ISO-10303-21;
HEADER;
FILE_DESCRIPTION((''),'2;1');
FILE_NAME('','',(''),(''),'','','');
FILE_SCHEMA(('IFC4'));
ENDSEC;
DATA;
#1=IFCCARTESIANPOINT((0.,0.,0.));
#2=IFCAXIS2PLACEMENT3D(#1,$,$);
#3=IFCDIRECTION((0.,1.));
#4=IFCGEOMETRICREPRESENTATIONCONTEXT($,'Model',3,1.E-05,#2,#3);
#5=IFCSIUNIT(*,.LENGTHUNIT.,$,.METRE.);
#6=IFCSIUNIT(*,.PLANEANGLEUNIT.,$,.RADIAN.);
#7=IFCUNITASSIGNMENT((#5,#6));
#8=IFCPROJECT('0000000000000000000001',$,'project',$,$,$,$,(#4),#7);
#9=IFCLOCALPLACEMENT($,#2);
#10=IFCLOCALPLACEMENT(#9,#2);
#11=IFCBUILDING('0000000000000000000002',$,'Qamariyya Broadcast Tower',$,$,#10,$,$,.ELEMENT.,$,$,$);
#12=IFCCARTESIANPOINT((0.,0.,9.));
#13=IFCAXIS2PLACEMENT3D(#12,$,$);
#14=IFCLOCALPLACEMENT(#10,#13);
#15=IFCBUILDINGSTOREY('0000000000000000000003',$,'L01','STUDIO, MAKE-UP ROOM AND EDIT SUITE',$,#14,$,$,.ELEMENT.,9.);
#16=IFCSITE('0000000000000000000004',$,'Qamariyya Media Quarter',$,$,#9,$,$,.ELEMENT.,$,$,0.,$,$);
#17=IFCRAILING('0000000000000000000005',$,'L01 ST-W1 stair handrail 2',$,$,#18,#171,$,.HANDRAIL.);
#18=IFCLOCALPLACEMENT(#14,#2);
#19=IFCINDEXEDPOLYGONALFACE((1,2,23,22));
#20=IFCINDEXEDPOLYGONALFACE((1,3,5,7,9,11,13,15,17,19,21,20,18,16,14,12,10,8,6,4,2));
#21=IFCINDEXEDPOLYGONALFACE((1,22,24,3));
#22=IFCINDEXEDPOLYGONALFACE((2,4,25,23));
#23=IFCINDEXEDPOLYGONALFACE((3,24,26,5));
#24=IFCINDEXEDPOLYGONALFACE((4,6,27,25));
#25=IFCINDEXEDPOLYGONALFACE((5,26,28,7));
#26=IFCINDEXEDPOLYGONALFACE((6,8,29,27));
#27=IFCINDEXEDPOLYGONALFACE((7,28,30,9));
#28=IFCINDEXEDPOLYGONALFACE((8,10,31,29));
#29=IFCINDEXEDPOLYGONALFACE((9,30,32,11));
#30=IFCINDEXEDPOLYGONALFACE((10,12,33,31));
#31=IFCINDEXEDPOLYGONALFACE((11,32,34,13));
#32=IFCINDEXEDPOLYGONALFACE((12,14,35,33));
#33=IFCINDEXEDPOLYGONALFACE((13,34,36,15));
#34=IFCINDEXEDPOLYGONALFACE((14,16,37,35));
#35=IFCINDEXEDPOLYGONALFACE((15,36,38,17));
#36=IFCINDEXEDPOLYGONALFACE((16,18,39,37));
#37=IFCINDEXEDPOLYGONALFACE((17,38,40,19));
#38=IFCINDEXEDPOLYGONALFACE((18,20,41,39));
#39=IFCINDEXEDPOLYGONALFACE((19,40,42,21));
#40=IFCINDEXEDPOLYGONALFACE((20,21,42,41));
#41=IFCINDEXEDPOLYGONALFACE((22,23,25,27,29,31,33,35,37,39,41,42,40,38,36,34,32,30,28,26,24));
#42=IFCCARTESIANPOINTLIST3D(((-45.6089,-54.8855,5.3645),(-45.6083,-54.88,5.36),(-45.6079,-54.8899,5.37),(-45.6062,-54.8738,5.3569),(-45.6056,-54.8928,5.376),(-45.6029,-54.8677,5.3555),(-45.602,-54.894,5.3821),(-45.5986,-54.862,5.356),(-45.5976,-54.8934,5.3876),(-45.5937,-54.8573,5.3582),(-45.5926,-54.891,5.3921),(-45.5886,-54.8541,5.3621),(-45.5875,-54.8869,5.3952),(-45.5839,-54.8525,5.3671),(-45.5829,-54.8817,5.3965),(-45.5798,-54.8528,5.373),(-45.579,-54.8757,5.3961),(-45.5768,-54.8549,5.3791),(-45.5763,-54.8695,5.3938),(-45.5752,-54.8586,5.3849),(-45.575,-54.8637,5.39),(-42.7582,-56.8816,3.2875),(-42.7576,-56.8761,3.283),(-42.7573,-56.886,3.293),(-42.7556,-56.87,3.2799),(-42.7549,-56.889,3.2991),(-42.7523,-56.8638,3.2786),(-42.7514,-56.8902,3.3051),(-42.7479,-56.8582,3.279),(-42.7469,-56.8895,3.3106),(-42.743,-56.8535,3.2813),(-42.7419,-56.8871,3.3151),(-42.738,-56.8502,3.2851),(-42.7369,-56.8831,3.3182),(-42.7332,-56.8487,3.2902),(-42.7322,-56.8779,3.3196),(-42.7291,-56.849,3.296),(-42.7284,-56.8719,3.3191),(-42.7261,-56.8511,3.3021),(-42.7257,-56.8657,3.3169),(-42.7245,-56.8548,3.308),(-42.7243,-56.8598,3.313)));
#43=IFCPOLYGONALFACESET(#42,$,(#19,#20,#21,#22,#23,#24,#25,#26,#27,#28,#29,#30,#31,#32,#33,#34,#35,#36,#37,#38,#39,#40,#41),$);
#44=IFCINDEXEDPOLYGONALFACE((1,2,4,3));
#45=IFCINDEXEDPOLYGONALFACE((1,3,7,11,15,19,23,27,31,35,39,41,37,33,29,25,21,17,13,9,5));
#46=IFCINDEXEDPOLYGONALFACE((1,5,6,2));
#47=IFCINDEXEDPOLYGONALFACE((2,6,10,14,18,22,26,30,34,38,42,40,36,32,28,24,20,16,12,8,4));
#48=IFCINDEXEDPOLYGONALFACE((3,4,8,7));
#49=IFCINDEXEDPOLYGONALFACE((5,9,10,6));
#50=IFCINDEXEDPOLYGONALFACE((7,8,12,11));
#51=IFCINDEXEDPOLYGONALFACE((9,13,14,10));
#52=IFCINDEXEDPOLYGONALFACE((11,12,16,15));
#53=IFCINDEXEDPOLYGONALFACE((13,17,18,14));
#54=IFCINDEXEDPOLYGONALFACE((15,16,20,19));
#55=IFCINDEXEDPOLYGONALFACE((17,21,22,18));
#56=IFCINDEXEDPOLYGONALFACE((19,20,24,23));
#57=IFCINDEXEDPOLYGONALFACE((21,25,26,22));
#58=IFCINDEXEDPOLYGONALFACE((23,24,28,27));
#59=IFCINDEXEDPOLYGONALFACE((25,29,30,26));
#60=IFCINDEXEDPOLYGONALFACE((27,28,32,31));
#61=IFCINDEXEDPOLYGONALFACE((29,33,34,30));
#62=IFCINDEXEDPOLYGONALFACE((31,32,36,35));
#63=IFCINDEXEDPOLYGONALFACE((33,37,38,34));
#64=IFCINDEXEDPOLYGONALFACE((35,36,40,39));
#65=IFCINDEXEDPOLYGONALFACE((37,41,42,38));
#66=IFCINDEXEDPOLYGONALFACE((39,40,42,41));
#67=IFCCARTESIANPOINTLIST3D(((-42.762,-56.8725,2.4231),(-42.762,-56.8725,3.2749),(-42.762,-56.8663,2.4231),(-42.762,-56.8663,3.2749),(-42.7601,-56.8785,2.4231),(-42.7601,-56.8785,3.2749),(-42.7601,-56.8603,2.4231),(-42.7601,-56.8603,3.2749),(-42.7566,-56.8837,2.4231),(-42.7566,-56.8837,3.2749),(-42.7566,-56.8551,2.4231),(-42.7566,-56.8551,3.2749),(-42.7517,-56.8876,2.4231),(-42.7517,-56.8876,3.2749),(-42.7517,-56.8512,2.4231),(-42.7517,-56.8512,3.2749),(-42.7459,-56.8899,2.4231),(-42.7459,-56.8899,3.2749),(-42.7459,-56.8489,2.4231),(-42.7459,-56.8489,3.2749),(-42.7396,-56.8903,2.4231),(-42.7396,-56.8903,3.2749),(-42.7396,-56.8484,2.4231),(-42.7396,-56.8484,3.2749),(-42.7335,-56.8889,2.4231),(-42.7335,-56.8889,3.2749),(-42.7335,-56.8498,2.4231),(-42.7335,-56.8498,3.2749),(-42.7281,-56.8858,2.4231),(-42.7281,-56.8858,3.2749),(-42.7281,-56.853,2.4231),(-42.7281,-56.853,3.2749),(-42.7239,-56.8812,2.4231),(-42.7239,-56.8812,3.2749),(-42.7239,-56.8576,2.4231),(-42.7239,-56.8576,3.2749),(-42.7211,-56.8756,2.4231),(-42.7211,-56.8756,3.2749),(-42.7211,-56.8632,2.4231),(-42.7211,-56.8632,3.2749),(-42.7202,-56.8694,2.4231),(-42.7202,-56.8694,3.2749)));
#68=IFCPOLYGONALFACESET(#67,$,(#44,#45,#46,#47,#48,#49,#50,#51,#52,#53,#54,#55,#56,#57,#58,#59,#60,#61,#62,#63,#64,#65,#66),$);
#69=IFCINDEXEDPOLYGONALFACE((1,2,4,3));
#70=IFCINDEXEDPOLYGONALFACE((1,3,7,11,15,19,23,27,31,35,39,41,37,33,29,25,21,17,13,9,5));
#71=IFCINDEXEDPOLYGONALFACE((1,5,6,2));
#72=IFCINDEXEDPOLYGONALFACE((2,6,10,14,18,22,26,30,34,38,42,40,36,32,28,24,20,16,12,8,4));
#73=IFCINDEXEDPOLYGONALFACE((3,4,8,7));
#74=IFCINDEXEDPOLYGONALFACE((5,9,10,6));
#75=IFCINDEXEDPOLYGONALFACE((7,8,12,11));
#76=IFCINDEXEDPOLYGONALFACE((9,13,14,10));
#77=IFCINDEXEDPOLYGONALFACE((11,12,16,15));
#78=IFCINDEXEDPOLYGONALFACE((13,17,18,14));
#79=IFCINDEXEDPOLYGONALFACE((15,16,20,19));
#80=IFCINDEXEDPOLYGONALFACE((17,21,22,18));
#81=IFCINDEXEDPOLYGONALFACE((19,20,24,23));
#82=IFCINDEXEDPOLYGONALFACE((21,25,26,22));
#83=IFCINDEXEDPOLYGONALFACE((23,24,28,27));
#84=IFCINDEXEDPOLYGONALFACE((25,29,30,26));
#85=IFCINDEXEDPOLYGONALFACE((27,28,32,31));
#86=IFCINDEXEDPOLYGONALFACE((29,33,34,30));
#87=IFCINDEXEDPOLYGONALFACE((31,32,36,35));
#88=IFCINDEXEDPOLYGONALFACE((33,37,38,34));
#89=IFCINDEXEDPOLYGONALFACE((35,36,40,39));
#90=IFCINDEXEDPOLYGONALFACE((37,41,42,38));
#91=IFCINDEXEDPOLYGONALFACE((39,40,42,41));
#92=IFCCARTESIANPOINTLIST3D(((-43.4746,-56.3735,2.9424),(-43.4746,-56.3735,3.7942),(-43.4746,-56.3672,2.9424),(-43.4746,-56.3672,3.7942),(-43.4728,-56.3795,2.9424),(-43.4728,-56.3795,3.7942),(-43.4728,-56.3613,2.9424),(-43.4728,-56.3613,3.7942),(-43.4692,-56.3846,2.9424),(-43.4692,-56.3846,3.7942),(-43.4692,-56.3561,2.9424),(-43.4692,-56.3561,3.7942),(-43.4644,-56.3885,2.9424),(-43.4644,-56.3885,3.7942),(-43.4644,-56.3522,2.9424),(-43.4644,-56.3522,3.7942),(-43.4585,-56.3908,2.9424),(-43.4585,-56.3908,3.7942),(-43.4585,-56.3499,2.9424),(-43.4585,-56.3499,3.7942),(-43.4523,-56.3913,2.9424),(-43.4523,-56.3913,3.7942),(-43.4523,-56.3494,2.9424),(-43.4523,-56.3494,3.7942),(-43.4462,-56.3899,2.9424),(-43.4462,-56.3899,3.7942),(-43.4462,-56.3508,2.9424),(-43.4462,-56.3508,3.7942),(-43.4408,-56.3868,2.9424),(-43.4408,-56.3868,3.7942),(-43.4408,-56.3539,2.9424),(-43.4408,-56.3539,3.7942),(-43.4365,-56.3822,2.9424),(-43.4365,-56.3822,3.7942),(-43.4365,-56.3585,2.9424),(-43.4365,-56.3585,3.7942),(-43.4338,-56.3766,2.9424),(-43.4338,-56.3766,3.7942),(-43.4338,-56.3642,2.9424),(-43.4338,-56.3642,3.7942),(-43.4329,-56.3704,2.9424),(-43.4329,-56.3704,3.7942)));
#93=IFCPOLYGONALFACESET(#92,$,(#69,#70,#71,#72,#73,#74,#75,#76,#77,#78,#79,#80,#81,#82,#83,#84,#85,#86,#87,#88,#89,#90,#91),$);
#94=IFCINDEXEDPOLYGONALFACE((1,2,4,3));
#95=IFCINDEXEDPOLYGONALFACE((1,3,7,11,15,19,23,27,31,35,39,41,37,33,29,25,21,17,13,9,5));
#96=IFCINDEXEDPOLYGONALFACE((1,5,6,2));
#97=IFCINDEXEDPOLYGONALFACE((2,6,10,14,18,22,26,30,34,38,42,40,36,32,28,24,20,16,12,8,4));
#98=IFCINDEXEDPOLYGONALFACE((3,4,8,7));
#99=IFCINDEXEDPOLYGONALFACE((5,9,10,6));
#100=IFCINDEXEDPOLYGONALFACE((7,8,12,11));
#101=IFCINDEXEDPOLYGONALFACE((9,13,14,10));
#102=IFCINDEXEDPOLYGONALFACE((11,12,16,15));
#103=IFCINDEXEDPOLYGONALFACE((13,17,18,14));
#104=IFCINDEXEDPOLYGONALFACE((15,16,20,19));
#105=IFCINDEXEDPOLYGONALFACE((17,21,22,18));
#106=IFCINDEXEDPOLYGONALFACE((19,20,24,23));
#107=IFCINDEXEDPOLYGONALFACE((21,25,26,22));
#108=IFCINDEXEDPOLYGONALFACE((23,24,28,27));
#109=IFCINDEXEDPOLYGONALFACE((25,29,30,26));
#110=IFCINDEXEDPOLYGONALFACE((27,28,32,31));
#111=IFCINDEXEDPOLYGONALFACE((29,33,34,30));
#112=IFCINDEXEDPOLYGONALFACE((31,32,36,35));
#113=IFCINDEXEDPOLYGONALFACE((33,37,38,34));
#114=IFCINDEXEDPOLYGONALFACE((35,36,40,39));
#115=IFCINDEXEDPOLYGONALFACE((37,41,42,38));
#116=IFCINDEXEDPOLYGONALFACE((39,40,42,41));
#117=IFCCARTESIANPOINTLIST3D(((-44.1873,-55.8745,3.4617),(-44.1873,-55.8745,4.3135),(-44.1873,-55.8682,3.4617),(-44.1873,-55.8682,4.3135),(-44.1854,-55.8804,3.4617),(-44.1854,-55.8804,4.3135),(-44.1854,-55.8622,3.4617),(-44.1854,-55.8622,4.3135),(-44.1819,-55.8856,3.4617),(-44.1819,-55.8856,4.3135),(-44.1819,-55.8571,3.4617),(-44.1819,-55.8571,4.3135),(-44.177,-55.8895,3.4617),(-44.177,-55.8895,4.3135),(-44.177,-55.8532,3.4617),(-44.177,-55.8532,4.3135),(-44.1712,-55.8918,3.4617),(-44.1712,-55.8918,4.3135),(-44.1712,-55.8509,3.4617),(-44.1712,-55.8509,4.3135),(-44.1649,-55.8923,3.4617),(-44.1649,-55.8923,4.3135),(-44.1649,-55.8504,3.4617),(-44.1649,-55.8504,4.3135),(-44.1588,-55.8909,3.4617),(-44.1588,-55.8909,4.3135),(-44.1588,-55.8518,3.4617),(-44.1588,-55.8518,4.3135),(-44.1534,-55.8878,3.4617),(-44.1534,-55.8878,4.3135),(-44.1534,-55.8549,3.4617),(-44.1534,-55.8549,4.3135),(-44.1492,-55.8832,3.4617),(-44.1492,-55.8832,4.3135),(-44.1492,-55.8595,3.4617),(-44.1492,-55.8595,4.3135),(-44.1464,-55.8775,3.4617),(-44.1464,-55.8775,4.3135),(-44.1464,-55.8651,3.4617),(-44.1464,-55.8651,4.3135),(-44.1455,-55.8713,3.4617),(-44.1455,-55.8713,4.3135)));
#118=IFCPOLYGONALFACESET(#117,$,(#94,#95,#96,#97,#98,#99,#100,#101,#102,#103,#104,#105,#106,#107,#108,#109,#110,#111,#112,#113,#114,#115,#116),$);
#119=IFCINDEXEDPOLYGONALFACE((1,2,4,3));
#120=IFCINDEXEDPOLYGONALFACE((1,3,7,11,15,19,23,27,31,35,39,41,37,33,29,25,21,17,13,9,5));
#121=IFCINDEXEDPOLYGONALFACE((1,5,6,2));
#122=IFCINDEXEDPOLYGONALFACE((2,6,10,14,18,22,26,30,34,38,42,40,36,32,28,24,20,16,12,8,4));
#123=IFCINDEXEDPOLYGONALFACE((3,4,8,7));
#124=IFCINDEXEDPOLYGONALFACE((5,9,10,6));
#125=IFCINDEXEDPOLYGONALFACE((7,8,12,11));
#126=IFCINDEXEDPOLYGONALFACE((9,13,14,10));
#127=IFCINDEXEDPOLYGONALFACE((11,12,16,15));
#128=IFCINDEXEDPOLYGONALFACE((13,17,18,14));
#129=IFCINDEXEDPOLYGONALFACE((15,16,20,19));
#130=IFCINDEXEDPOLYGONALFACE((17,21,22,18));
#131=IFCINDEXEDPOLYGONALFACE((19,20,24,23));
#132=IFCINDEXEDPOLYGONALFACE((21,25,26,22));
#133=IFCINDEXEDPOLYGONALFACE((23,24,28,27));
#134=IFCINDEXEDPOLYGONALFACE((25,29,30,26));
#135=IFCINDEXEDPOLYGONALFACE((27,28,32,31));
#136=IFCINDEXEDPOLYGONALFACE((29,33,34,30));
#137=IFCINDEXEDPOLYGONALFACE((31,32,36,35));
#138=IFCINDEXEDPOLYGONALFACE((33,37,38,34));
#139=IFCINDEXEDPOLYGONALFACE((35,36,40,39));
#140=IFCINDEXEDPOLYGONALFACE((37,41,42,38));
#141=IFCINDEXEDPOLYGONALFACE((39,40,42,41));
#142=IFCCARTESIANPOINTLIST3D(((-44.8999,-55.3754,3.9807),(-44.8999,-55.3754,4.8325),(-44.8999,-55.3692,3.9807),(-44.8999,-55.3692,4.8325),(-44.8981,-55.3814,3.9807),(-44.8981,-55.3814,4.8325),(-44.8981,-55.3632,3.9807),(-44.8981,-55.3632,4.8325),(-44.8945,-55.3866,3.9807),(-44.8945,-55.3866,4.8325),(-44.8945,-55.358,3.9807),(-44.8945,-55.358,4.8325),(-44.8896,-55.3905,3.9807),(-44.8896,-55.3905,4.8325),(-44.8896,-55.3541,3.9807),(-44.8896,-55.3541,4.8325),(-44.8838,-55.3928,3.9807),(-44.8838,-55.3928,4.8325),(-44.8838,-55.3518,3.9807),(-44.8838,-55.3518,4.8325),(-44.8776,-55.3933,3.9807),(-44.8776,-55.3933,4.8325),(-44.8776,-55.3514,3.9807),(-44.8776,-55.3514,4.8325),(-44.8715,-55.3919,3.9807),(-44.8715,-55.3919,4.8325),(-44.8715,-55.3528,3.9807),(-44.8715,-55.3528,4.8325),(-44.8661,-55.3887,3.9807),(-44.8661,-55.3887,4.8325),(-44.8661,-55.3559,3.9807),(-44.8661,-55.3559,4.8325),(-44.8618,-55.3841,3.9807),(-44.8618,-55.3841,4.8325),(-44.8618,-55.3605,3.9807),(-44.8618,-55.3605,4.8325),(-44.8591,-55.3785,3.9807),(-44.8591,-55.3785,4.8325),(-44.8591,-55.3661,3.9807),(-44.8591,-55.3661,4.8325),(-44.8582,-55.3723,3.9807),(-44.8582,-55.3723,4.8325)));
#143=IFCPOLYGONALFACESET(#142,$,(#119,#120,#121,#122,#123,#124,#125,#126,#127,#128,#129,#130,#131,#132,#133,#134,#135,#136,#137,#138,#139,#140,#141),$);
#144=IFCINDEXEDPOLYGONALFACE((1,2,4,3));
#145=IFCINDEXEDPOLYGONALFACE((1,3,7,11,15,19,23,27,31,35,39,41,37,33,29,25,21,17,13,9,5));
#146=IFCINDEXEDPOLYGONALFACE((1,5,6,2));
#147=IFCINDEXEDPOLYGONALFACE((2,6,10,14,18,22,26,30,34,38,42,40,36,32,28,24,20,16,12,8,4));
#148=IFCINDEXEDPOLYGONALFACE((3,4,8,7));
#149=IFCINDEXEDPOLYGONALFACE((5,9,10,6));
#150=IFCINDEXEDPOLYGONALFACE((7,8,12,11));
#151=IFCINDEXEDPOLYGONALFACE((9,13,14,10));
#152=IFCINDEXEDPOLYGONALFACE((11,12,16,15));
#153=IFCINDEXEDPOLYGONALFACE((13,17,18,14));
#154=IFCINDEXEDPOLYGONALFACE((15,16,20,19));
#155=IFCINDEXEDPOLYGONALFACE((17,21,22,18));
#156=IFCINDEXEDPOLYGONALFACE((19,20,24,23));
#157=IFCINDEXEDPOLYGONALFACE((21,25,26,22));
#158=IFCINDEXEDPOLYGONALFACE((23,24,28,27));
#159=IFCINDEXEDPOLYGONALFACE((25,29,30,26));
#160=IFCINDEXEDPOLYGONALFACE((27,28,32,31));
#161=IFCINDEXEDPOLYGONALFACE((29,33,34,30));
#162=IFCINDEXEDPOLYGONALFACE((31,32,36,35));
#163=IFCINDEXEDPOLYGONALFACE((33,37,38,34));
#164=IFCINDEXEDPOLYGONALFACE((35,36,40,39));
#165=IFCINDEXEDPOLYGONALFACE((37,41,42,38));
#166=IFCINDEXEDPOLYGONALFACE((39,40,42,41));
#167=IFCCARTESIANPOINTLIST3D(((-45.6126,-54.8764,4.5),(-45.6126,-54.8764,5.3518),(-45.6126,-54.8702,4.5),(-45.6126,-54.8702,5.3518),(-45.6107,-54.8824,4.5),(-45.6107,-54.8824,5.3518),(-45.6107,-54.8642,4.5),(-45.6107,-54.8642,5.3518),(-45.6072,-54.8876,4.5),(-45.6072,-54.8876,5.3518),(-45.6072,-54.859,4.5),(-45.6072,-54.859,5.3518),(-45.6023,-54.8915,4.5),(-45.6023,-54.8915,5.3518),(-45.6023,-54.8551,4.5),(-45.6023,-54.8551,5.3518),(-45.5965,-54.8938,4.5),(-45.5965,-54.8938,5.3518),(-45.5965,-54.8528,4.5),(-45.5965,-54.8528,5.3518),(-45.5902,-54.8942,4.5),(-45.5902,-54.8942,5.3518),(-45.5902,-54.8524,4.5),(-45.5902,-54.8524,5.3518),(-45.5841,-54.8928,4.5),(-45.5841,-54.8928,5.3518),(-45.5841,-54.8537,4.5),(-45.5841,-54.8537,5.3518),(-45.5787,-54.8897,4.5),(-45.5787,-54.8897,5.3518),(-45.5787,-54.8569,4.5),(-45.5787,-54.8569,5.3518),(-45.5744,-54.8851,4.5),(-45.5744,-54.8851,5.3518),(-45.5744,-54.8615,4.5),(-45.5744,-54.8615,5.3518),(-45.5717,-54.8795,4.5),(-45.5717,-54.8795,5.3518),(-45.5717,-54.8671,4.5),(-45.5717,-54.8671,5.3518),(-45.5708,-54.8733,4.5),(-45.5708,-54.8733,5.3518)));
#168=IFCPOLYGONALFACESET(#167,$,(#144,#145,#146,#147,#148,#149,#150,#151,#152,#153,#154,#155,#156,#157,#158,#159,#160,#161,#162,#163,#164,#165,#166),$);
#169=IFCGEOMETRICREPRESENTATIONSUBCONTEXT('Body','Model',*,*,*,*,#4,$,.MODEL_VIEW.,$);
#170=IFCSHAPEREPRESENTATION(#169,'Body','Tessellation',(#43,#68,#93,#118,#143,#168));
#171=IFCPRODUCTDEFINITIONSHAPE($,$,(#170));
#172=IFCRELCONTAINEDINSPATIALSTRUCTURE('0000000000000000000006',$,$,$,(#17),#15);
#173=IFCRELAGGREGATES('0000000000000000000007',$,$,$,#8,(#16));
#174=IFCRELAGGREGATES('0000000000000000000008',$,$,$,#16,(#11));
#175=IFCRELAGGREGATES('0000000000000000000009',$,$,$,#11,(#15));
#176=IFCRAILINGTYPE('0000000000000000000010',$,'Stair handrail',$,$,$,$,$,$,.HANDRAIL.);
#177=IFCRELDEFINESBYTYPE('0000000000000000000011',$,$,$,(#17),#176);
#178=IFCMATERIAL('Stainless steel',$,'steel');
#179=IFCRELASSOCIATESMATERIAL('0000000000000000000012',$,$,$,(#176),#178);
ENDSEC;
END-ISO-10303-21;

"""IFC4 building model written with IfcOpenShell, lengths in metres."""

from ifc_helpers import new_model, si_unit, direction, frame, origin, origin_2d, place, context, subcontext, project, spatial, circle, extrude, material, type_object, element, save


model = new_model("IFC4")

# Units and contexts
model_context = context("Model", 3, precision=1e-05, world=origin(), true_north=direction((0.0, 1.0)))
body_context = subcontext(model_context, "Body", "Model", "MODEL_VIEW")
ifc_project = project(units=[si_unit("LENGTHUNIT", "METRE"), si_unit("PLANEANGLEUNIT", "RADIAN")], contexts=[model_context])

# Site, building, storey
site_placement = place(None, origin())
site = spatial("IfcSite", under=ifc_project, at=site_placement, Name="Qamariyya Media Quarter", CompositionType="ELEMENT", RefElevation=0.0)
building_placement = place(site_placement, origin())
building = spatial("IfcBuilding", under=site, at=building_placement, Name="Qamariyya Broadcast Tower", CompositionType="ELEMENT")
storey_placement = place(building_placement, frame((0.0, 0.0, 9.0)))
storey = spatial("IfcBuildingStorey", under=building, at=storey_placement, Name="L01", Description="STUDIO, MAKE-UP ROOM AND EDIT SUITE", CompositionType="ELEMENT", Elevation=9.0)

# Railing
ifc_material_1 = material(Name="Stainless steel", Category="steel")
railing_type_1 = type_object("IfcRailingType", Name="Stair handrail", PredefinedType="HANDRAIL", material=ifc_material_1)
for number, where, name in (
    (1, (-42.7412, -56.8694, 2.4231), "L01 ST-W1 stair handrail 2"),
):
    element("IfcRailing", number, at=place(storey_placement, frame(where)), inside=storey, type_object=railing_type_1, Name=name, PredefinedType="HANDRAIL", context=body_context, shape_type="SweptSolid", body=[
        extrude(circle(Radius=0.0239, at=origin_2d()), frame((0.0, 0.0, 0.876), z_axis=(-0.703393, 0.492544, 0.512484), x_axis=(-0.573594, -0.81914, 0.0)), (0.0, 0.0, 1.0), 4.0527),
        extrude(circle(Radius=0.021, at=origin_2d()), origin(), (0.0, 0.0, 1.0), 0.8518),
        extrude(circle(Radius=0.021, at=origin_2d()), frame((-0.7126, 0.499, 0.5193)), (0.0, 0.0, 1.0), 0.8518),
        extrude(circle(Radius=0.021, at=origin_2d()), frame((-1.4253, 0.998, 1.0386)), (0.0, 0.0, 1.0), 0.8518),
        extrude(circle(Radius=0.021, at=origin_2d()), frame((-2.1379, 1.4971, 1.5576)), (0.0, 0.0, 1.0), 0.8518),
        extrude(circle(Radius=0.021, at=origin_2d()), frame((-2.8506, 1.9961, 2.0769)), (0.0, 0.0, 1.0), 0.8518),
    ])

save(model, "model.ifc")
